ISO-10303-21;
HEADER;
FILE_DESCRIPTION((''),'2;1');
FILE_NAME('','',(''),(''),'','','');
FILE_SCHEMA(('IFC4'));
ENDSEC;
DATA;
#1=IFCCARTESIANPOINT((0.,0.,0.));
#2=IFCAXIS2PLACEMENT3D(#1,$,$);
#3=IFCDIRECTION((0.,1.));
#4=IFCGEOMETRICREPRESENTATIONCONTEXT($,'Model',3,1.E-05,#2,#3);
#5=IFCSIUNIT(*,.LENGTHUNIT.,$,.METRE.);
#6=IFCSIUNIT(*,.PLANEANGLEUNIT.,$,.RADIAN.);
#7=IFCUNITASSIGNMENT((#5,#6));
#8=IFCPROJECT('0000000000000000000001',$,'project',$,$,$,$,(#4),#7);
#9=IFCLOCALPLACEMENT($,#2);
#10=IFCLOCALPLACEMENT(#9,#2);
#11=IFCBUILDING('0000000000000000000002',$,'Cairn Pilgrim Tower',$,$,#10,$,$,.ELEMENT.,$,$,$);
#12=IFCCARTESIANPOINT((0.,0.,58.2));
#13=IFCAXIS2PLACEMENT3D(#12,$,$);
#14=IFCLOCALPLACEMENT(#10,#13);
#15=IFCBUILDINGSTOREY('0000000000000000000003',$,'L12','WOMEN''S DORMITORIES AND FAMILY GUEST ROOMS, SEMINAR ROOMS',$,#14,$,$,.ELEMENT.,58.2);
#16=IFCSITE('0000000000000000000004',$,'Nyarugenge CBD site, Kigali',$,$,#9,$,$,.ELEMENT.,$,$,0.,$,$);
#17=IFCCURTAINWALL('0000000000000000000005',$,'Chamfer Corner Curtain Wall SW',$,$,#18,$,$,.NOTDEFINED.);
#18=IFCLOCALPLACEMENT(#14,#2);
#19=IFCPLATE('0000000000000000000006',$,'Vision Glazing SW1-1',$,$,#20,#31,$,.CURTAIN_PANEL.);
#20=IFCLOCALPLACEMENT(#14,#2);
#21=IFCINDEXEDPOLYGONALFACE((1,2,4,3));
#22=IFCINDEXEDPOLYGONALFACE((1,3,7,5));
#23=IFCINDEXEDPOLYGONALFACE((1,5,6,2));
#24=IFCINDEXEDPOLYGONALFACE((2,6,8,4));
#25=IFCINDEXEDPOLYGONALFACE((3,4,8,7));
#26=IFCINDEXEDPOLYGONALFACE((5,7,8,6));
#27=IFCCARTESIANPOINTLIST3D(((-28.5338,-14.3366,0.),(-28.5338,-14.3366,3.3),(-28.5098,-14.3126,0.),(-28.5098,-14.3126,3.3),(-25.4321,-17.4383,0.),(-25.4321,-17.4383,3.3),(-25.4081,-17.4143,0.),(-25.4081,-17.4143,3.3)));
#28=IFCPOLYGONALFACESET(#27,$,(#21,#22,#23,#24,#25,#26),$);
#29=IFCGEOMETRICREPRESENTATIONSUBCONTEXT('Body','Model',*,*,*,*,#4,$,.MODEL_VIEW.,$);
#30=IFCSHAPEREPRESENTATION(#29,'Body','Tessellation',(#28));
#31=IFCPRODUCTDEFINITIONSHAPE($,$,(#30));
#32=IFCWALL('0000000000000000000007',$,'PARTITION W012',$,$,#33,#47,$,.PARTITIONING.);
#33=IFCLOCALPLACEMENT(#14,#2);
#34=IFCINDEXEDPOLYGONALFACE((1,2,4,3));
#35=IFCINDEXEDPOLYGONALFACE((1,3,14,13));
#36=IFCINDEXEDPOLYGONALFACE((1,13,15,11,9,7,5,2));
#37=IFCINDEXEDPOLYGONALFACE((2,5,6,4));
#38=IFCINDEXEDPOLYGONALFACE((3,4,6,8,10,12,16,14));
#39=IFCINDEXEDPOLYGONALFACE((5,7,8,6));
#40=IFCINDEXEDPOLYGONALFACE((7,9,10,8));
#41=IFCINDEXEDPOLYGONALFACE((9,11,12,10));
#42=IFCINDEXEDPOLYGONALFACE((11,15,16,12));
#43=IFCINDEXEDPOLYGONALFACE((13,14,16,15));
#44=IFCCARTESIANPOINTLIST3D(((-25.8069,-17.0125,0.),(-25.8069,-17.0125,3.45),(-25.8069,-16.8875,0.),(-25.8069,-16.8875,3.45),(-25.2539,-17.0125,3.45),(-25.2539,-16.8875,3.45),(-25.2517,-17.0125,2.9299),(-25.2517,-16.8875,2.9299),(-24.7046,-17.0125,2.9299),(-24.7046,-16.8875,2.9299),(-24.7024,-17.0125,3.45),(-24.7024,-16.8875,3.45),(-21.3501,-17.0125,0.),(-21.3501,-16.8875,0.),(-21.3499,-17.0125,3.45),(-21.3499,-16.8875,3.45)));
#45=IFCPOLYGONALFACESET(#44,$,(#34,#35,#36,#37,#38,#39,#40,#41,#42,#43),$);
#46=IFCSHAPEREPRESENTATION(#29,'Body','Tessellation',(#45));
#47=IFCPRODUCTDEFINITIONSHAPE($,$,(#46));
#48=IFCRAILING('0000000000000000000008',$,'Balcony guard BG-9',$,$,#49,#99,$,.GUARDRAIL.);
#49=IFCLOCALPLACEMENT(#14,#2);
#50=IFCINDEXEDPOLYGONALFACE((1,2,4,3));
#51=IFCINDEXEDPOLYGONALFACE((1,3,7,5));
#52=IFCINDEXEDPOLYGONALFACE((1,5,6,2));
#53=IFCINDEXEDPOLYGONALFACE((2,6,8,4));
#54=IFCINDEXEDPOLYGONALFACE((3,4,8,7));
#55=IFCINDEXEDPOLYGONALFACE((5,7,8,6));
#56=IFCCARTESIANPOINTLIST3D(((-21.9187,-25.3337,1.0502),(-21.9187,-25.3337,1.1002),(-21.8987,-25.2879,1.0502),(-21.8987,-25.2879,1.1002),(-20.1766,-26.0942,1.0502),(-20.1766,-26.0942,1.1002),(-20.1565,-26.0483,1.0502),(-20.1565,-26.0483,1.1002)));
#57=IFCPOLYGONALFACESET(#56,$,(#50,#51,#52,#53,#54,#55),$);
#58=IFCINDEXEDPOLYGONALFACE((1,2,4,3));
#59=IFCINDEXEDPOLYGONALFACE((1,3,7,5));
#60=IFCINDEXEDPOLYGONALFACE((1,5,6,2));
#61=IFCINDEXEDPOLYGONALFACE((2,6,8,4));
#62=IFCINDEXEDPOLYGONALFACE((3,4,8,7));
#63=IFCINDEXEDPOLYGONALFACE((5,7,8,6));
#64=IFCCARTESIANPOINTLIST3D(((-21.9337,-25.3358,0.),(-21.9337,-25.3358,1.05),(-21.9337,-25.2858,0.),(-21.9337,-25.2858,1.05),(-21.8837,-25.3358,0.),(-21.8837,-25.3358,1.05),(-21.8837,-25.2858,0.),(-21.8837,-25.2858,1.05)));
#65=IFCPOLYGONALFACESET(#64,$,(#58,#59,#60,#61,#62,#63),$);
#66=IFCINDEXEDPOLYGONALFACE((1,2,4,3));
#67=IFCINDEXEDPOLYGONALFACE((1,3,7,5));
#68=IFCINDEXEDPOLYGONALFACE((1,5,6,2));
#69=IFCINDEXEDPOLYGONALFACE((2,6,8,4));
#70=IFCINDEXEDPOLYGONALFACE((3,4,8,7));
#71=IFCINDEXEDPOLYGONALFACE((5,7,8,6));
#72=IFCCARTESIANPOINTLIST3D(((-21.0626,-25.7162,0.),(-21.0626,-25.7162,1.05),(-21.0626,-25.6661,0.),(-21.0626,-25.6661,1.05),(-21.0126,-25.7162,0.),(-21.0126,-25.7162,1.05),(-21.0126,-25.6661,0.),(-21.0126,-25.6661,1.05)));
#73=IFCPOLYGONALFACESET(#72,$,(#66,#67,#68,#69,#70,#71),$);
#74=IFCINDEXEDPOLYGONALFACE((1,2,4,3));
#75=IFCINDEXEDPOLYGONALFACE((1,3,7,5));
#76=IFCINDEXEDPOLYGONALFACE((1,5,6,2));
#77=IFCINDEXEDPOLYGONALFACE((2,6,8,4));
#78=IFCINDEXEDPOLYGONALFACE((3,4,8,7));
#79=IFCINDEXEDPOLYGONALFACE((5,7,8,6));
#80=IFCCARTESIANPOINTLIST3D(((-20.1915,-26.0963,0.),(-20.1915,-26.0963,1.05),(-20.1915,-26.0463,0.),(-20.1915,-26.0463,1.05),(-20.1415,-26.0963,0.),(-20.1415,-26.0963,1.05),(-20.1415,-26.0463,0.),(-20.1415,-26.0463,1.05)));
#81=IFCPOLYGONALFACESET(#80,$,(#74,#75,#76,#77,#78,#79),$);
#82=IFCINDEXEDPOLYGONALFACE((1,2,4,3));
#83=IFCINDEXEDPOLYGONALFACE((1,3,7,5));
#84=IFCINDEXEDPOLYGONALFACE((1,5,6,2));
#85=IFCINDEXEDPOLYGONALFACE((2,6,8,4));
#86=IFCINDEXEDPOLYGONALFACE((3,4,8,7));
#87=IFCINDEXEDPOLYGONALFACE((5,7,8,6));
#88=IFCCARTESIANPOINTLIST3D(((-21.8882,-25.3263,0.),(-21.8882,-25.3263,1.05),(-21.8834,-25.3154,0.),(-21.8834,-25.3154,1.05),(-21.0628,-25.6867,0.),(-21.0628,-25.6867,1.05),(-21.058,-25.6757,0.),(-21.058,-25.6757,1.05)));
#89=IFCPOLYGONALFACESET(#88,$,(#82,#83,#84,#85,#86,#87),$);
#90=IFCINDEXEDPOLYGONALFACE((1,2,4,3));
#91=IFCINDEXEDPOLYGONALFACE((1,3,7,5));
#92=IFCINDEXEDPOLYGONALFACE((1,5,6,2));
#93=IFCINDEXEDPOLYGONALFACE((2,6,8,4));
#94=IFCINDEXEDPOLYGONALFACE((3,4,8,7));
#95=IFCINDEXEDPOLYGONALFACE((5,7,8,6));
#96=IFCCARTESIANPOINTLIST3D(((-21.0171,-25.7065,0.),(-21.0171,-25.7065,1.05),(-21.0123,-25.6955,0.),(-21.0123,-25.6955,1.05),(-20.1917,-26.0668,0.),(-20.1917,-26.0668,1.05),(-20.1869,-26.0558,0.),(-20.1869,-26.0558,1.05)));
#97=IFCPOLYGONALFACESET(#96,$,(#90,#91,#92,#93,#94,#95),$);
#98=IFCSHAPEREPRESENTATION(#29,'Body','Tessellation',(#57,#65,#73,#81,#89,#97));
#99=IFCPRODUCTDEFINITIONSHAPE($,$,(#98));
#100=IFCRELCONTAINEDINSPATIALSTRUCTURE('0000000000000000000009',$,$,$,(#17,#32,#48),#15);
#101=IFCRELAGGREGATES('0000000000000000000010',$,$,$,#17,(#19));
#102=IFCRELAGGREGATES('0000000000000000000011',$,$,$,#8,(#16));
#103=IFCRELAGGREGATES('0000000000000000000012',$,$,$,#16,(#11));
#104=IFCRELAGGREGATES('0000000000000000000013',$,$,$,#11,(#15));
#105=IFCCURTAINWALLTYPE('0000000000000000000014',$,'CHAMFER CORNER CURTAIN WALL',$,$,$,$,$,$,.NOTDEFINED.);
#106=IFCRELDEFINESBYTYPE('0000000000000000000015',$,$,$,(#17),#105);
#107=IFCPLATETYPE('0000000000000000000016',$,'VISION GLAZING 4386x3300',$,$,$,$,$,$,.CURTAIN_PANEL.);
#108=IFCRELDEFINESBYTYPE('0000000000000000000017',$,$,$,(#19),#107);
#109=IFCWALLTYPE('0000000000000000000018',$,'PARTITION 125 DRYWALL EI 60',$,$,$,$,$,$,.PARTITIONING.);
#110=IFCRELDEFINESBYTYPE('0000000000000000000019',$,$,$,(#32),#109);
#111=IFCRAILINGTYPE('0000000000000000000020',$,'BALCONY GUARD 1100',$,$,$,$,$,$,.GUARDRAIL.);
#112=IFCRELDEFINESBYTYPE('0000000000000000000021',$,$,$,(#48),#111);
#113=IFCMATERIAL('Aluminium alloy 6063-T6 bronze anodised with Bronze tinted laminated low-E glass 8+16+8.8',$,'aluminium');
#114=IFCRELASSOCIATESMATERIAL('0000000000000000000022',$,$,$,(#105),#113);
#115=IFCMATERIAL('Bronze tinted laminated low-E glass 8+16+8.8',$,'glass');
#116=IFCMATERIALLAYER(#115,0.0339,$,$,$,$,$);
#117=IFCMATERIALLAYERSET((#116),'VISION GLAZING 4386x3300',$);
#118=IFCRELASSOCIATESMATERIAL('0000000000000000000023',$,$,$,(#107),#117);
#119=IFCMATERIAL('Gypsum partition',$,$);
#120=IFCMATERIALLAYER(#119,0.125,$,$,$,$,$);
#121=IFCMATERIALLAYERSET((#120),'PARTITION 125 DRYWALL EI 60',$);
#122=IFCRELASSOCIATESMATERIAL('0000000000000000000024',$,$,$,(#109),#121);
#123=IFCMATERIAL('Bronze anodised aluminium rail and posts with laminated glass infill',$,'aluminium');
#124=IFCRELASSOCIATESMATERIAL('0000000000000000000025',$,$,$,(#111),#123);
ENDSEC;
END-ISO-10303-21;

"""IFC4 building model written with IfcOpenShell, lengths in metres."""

from ifc_helpers import new_model, si_unit, direction, frame, origin, origin_2d, place, context, subcontext, project, spatial, polyline, rectangle, outline, extrude, material, layer, layer_set, type_object, element, aggregate, save


model = new_model("IFC4")

# Units and contexts
model_context = context("Model", 3, precision=1e-05, world=origin(), true_north=direction((0.0, 1.0)))
body_context = subcontext(model_context, "Body", "Model", "MODEL_VIEW")
ifc_project = project(units=[si_unit("LENGTHUNIT", "METRE"), si_unit("PLANEANGLEUNIT", "RADIAN")], contexts=[model_context])

# Site, building, storey
site_placement = place(None, origin())
site = spatial("IfcSite", under=ifc_project, at=site_placement, Name="Nyarugenge CBD site, Kigali", CompositionType="ELEMENT", RefElevation=0.0)
building_placement = place(site_placement, origin())
building = spatial("IfcBuilding", under=site, at=building_placement, Name="Cairn Pilgrim Tower", CompositionType="ELEMENT")
storey_placement = place(building_placement, frame((0.0, 0.0, 58.2)))
storey = spatial("IfcBuildingStorey", under=building, at=storey_placement, Name="L12", Description="WOMEN'S DORMITORIES AND FAMILY GUEST ROOMS, SEMINAR ROOMS", CompositionType="ELEMENT", Elevation=58.2)

# Curtain wall
ifc_material_1 = material(Name="Aluminium alloy 6063-T6 bronze anodised with Bronze tinted laminated low-E glass 8+16+8.8", Category="aluminium")
curtain_wall_type = type_object("IfcCurtainWallType", Name="CHAMFER CORNER CURTAIN WALL", PredefinedType="NOTDEFINED", material=ifc_material_1)
curtain_wall_placement = place(storey_placement, origin())
curtain_wall = element("IfcCurtainWall", 1, at=curtain_wall_placement, inside=storey, type_object=curtain_wall_type, Name="Chamfer Corner Curtain Wall SW", PredefinedType="NOTDEFINED")

# Plate
ifc_material_2 = material(Name="Bronze tinted laminated low-E glass 8+16+8.8", Category="glass")
ifc_layer_1 = layer(ifc_material_2, 0.0339)
ifc_layer_set_1 = layer_set([ifc_layer_1], Name="VISION GLAZING 4386x3300")
plate_type_1 = type_object("IfcPlateType", Name="VISION GLAZING 4386x3300", PredefinedType="CURTAIN_PANEL", material=ifc_layer_set_1)
plate_1_placement = place(storey_placement, frame((-26.9709, -15.8755, 0.0), z_axis=(0.0, 0.0, 1.0), x_axis=(0.707107, -0.707107, 0.0)))
plate_1 = element("IfcPlate", 2, at=plate_1_placement, type_object=plate_type_1, Name="Vision Glazing SW1-1", PredefinedType="CURTAIN_PANEL", context=body_context, shape_type="SweptSolid", body=[
    extrude(rectangle(XDim=4.3865, YDim=0.0339, at=origin_2d()), origin(), (0.0, 0.0, 1.0), 3.3),
])
aggregate(curtain_wall, [plate_1])

# Wall
ifc_material_3 = material(Name="Gypsum partition")
ifc_layer_2 = layer(ifc_material_3, 0.125)
ifc_layer_set_2 = layer_set([ifc_layer_2], Name="PARTITION 125 DRYWALL EI 60")
wall_type = type_object("IfcWallType", Name="PARTITION 125 DRYWALL EI 60", PredefinedType="PARTITIONING", material=ifc_layer_set_2)
wall_1_placement = place(storey_placement, frame((-25.8069, -16.95, 0.0), z_axis=(0.0, 0.0, 1.0), x_axis=(1.0, 0.0, 0.0)))
element("IfcWall", 3, at=wall_1_placement, inside=storey, type_object=wall_type, Name="PARTITION W012", PredefinedType="PARTITIONING", context=body_context, shape_type="SweptSolid", body=[
    extrude(outline(polyline([(0.0, 0.0), (4.4568, 0.0), (4.457, 3.45), (1.1045, 3.45), (1.1023, 2.9299), (0.5552, 2.9299), (0.553, 3.45), (0.0, 3.45), (0.0, 0.0)])), frame((0.0, 0.0625, 0.0), z_axis=(0.0, -1.0, 0.0), x_axis=(1.0, 0.0, 0.0)), (0.0, 0.0, 1.0), 0.125),
])

# Railing
ifc_material_4 = material(Name="Bronze anodised aluminium rail and posts with laminated glass infill", Category="aluminium")
railing_type_1 = type_object("IfcRailingType", Name="BALCONY GUARD 1100", PredefinedType="GUARDRAIL", material=ifc_material_4)
railing_1_placement = place(storey_placement, frame((-21.9087, -25.3108, 0.0)))
element("IfcRailing", 4, at=railing_1_placement, inside=storey, type_object=railing_type_1, Name="Balcony guard BG-9", PredefinedType="GUARDRAIL", context=body_context, shape_type="SweptSolid", body=[
    extrude(rectangle(XDim=0.05, YDim=0.05, at=origin_2d()), frame((0.0, 0.0, 1.0752), z_axis=(0.916487, -0.400064, 0.0), x_axis=(0.400064, 0.916487, 0.0)), (0.0, 0.0, 1.0), 1.9009),
    extrude(rectangle(XDim=0.05, YDim=0.05, at=origin_2d()), origin(), (0.0, 0.0, 1.0), 1.05),
    extrude(rectangle(XDim=0.05, YDim=0.05, at=origin_2d()), frame((0.8711, -0.3804, 0.0)), (0.0, 0.0, 1.0), 1.05),
    extrude(rectangle(XDim=0.05, YDim=0.05, at=origin_2d()), frame((1.7422, -0.7605, 0.0)), (0.0, 0.0, 1.0), 1.05),
    extrude(outline(polyline([(0.0249, 0.0), (0.9255, 0.0), (0.9255, 1.05), (0.0249, 1.05), (0.0249, 0.0)])), frame((0.0024, 0.0054, 0.0), z_axis=(-0.400064, -0.916487, 0.0), x_axis=(0.916487, -0.400064, 0.0)), (0.0, 0.0, 1.0), 0.012),
    extrude(outline(polyline([(0.0249, 0.0), (0.9255, 0.0), (0.9255, 1.05), (0.0249, 1.05), (0.0249, 0.0)])), frame((0.8735, -0.3748, 0.0), z_axis=(-0.400064, -0.916487, 0.0), x_axis=(0.916487, -0.400064, 0.0)), (0.0, 0.0, 1.0), 0.012),
])

save(model, "model.ifc")
